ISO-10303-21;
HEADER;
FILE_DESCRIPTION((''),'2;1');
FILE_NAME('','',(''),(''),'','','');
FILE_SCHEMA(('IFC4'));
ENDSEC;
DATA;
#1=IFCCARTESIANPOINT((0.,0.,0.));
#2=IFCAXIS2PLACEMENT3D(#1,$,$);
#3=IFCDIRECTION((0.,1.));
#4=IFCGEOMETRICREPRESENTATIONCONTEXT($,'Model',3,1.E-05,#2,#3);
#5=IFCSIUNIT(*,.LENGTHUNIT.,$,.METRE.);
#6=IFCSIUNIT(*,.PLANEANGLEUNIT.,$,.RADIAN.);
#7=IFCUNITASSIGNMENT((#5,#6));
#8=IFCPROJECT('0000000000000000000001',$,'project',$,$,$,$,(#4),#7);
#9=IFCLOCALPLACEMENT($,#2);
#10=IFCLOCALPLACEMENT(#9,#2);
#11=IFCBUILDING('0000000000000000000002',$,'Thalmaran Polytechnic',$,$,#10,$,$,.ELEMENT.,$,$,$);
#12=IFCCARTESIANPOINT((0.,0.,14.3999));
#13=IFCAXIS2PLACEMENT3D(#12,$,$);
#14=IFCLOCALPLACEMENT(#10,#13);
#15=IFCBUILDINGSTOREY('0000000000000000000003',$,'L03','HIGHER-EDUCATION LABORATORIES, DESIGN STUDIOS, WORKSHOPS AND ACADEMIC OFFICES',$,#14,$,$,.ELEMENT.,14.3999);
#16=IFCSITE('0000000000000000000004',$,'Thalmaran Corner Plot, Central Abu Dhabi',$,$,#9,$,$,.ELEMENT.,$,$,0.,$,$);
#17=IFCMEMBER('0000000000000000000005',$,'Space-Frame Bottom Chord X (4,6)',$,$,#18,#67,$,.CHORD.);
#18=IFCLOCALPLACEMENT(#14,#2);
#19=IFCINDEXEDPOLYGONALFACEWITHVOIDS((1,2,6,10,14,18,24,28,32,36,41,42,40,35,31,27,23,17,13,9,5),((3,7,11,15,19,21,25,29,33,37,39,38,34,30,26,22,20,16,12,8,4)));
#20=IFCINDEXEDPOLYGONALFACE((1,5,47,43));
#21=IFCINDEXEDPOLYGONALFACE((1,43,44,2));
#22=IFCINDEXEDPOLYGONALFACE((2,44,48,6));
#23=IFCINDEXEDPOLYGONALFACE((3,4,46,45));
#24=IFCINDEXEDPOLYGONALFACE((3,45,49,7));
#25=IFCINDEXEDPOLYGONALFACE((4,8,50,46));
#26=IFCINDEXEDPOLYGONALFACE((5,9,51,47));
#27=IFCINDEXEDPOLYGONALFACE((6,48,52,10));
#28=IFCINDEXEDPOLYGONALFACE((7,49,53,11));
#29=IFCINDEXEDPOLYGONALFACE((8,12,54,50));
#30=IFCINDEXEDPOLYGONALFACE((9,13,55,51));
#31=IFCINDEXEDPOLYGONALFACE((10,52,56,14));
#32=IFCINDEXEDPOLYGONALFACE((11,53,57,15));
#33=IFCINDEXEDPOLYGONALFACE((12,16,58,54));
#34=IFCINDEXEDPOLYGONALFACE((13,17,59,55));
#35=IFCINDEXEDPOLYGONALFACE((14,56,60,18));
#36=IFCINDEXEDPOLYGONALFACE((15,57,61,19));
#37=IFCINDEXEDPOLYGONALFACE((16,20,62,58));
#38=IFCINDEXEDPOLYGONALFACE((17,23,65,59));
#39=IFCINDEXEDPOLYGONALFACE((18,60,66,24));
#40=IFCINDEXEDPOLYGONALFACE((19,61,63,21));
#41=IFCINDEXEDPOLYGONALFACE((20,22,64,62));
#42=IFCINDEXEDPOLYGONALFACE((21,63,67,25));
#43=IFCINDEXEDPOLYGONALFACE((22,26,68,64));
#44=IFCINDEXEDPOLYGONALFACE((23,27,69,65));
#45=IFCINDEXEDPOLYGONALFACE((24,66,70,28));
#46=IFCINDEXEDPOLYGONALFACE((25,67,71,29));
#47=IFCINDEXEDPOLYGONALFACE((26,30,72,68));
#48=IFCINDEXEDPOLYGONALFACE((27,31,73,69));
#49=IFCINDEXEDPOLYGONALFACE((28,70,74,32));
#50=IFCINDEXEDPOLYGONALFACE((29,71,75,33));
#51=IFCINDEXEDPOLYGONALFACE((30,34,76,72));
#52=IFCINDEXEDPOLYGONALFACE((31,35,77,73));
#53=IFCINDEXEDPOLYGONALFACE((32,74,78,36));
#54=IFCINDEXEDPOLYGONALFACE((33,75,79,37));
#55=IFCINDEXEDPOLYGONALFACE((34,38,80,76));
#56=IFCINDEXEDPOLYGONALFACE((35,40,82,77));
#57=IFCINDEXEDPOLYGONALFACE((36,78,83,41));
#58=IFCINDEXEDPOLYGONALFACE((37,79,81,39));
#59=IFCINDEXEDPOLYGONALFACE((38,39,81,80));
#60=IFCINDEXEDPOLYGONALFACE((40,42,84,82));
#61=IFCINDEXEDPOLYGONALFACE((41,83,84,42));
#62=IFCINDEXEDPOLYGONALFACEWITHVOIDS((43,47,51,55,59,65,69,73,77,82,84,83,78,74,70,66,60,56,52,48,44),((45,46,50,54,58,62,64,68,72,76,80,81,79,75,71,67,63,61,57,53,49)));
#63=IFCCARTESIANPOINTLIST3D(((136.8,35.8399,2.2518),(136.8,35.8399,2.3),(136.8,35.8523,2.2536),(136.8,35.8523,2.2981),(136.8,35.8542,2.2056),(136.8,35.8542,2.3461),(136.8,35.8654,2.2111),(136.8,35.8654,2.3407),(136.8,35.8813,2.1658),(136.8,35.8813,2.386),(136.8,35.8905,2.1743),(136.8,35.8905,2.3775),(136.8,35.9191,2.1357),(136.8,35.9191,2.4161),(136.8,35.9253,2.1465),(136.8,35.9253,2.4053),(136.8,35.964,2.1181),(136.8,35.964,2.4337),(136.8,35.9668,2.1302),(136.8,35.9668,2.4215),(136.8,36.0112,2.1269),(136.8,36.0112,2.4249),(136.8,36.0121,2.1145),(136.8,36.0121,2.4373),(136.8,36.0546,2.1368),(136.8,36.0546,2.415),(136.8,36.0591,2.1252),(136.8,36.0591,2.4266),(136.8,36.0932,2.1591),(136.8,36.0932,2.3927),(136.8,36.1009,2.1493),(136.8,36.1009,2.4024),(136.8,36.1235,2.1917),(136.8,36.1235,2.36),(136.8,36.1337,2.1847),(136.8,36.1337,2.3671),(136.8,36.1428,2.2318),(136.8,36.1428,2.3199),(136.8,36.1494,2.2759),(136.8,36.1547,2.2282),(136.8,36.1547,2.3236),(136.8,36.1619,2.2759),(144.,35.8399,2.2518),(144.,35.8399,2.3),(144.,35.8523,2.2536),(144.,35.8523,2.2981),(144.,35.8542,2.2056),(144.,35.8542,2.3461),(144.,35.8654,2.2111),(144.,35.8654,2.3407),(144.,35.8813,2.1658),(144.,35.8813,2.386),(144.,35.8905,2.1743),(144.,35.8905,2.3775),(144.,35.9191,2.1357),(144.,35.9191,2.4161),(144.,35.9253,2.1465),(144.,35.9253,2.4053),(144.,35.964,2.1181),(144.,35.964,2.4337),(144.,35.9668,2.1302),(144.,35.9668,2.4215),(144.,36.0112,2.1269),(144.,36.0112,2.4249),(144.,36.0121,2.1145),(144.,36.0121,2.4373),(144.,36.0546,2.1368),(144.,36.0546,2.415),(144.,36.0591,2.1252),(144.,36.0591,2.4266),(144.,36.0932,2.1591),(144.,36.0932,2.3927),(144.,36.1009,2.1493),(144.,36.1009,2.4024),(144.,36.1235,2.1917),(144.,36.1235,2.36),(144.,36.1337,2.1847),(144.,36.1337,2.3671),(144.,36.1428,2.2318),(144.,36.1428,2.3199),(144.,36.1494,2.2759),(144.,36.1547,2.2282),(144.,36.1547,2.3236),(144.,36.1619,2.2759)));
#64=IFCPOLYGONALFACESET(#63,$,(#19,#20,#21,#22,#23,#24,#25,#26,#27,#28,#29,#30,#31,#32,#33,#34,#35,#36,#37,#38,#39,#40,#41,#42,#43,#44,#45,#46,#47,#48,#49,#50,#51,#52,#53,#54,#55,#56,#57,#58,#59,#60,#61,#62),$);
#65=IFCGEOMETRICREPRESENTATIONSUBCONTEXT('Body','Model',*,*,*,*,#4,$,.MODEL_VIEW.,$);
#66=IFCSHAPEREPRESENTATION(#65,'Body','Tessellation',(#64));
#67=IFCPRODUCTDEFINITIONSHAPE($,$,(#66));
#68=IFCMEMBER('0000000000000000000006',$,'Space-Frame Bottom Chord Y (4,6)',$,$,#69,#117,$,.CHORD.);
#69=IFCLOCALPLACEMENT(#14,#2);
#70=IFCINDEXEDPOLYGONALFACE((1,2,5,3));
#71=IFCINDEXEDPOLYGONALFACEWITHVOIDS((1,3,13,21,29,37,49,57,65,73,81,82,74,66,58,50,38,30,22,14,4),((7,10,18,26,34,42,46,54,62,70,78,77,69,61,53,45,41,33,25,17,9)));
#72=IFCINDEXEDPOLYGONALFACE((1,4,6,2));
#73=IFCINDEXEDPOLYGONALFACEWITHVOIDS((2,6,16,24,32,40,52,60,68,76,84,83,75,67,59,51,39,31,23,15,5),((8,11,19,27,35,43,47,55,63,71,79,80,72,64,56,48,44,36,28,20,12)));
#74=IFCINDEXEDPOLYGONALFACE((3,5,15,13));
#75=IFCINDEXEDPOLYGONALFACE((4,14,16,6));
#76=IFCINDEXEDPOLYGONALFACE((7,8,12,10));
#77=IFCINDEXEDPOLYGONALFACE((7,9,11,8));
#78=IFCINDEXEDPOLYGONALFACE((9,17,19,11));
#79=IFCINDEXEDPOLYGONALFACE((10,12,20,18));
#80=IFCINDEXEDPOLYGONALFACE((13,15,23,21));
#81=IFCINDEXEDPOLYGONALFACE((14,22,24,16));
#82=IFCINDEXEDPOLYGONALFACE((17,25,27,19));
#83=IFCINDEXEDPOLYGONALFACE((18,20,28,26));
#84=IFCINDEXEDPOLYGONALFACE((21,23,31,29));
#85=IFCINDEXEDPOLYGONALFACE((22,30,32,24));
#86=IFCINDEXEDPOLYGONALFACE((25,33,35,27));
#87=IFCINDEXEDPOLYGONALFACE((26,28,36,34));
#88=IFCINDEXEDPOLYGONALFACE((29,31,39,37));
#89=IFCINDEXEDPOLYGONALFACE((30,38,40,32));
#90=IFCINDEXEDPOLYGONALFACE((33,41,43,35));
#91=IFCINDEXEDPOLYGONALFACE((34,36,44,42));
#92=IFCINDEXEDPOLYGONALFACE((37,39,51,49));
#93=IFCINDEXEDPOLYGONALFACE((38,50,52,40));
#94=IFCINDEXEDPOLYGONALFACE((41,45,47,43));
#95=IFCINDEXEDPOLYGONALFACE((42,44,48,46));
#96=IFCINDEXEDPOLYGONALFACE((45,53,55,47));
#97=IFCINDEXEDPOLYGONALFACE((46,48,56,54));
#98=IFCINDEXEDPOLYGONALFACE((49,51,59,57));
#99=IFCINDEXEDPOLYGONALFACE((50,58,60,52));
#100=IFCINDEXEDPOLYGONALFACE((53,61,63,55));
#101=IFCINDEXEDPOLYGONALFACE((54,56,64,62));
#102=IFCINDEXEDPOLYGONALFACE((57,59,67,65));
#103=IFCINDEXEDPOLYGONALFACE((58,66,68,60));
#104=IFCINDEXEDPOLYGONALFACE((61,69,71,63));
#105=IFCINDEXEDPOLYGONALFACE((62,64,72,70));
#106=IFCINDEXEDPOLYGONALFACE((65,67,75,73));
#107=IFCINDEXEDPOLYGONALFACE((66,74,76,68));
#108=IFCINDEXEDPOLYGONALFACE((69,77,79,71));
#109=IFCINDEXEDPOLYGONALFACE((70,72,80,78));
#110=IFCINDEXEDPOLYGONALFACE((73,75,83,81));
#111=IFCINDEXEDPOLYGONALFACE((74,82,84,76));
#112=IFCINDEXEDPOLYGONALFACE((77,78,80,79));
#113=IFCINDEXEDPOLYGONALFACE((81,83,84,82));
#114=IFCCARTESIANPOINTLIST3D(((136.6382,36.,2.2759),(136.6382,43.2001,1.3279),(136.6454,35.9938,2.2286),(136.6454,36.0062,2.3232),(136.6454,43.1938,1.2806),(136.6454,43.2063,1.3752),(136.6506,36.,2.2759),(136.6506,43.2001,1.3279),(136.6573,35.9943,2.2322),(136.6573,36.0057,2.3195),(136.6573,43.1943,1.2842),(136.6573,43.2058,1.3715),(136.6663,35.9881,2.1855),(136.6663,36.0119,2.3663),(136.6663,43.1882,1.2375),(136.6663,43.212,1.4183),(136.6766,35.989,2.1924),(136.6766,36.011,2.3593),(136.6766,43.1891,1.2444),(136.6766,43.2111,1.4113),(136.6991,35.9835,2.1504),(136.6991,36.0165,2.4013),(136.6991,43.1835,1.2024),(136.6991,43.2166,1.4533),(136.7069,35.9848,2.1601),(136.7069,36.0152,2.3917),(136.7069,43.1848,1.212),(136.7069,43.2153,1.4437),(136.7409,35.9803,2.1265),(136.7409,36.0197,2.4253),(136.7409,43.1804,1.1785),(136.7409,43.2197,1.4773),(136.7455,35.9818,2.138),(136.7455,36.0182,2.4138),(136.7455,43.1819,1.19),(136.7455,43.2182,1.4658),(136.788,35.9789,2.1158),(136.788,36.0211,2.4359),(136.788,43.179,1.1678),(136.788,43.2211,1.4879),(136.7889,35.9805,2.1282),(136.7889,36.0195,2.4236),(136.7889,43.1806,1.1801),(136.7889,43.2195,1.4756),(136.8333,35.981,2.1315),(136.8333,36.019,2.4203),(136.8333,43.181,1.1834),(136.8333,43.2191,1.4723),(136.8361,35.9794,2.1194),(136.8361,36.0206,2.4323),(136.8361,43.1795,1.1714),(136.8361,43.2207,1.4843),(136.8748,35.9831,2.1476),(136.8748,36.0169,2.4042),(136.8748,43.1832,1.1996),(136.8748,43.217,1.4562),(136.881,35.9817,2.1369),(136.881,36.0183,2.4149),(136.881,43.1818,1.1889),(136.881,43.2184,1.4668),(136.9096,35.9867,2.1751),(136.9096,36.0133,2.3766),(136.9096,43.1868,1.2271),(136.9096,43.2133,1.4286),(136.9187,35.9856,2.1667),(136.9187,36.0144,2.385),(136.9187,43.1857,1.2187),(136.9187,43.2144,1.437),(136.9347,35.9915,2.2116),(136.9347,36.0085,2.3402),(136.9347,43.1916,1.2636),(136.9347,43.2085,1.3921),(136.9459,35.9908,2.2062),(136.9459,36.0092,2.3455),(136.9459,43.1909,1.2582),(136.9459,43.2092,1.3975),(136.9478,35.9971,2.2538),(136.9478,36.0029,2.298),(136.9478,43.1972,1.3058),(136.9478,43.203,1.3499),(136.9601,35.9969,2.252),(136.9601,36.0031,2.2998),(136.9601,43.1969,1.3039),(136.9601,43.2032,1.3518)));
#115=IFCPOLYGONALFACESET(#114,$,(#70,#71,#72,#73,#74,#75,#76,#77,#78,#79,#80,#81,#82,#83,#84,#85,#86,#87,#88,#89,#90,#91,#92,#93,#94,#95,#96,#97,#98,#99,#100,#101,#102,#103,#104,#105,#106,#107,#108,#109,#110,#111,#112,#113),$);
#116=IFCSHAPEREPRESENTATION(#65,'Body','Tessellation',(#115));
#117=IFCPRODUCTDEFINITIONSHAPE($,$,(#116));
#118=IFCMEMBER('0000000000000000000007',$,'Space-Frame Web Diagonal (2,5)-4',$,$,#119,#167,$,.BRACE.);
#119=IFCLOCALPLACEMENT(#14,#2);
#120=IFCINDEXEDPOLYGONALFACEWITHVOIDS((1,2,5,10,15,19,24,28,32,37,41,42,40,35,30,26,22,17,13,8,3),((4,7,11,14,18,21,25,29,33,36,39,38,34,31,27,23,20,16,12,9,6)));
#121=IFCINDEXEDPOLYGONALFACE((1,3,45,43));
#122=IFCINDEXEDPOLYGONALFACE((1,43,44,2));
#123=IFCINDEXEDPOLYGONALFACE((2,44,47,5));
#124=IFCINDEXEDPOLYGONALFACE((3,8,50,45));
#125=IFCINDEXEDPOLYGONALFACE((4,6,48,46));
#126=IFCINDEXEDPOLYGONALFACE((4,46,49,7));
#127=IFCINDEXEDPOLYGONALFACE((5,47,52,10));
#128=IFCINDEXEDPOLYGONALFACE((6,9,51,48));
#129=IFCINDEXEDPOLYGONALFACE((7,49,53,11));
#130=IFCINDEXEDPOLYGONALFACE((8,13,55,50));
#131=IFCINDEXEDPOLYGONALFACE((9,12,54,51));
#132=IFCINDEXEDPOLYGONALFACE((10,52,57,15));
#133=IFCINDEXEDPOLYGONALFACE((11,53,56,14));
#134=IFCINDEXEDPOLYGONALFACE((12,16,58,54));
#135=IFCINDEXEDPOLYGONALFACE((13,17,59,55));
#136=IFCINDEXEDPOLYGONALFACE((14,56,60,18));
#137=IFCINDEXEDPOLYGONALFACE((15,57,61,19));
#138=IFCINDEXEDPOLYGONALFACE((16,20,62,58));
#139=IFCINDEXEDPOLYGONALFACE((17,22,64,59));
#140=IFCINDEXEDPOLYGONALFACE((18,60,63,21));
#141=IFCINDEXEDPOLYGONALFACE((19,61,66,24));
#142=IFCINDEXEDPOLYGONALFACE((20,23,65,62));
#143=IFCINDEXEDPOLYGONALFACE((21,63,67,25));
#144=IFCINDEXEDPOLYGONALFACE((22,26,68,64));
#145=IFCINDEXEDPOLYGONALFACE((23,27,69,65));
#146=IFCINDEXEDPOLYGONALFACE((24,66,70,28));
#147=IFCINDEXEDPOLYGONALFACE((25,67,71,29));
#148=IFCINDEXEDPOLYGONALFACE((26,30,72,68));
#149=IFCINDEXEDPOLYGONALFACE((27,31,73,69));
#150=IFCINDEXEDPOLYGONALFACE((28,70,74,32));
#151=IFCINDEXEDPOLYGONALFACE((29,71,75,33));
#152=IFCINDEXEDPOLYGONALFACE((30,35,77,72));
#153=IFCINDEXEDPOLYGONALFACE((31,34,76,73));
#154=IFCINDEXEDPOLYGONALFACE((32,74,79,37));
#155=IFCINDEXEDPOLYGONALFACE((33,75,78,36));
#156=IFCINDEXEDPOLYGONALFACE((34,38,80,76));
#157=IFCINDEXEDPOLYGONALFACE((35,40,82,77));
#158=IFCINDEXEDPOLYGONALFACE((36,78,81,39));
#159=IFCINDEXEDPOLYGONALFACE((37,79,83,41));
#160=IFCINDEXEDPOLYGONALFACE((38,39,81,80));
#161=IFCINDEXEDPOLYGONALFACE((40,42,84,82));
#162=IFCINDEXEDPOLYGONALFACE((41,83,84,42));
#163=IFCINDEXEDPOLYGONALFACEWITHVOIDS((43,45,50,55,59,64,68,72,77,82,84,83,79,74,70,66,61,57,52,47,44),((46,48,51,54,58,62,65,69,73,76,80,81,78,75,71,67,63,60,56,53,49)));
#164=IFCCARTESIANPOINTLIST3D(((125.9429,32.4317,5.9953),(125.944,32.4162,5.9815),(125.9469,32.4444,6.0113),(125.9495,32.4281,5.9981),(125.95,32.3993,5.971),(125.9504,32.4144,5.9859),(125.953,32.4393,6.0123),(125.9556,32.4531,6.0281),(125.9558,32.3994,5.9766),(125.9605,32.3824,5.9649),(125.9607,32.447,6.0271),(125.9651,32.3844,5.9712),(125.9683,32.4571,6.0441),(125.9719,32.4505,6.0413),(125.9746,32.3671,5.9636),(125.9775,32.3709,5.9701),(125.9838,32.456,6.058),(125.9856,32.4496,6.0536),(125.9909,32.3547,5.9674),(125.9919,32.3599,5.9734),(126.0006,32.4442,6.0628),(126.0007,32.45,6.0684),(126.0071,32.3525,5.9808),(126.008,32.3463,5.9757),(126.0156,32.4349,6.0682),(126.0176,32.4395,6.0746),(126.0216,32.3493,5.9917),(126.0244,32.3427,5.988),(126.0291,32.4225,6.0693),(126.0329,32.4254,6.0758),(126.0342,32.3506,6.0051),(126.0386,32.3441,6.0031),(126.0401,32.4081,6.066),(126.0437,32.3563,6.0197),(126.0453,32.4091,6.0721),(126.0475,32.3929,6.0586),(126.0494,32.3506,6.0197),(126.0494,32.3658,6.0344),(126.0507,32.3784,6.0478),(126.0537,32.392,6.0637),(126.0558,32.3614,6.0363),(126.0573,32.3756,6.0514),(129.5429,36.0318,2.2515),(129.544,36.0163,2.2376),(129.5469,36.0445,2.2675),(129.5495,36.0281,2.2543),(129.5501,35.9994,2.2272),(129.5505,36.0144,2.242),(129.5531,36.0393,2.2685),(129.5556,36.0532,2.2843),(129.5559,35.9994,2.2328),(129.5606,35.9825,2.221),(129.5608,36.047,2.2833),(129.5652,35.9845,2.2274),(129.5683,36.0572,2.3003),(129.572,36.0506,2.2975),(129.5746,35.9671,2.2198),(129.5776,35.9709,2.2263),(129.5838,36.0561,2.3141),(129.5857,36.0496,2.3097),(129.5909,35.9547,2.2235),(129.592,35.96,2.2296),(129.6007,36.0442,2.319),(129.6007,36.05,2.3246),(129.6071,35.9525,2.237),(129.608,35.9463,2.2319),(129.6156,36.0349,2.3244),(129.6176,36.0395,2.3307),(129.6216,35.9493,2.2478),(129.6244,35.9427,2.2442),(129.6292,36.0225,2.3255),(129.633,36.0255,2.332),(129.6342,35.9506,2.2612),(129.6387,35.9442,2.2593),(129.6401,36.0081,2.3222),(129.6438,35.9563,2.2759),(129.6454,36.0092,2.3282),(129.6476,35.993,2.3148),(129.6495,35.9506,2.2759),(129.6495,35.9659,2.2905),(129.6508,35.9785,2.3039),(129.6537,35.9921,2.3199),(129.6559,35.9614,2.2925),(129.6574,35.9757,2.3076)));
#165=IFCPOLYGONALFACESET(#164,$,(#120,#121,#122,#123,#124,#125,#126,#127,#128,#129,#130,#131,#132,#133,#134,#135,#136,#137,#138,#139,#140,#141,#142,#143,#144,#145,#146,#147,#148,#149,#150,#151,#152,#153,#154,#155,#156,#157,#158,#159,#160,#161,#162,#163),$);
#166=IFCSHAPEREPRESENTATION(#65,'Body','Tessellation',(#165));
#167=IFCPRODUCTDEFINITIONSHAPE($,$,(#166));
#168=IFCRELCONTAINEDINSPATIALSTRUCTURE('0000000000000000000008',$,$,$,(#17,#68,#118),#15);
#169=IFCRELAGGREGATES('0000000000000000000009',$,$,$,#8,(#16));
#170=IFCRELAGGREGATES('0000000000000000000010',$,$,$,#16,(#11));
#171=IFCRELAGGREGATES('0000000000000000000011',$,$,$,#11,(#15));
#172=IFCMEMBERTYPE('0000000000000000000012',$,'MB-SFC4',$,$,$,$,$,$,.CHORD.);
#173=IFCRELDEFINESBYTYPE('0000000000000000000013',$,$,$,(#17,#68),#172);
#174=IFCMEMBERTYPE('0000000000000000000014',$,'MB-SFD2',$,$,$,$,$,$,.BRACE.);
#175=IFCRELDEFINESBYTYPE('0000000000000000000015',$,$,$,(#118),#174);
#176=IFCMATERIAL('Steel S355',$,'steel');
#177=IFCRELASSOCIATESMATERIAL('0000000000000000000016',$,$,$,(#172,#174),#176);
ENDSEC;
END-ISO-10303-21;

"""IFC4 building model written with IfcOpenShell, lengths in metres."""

from ifc_helpers import new_model, si_unit, direction, frame, origin, origin_2d, place, context, subcontext, project, spatial, hollow_circle, extrude, material, material_profile, profile_set, type_object, element, save


model = new_model("IFC4")

# Units and contexts
model_context = context("Model", 3, precision=1e-05, world=origin(), true_north=direction((0.0, 1.0)))
body_context = subcontext(model_context, "Body", "Model", "MODEL_VIEW")
ifc_project = project(units=[si_unit("LENGTHUNIT", "METRE"), si_unit("PLANEANGLEUNIT", "RADIAN")], contexts=[model_context])

# Site, building, storey
site_placement = place(None, origin())
site = spatial("IfcSite", under=ifc_project, at=site_placement, Name="Thalmaran Corner Plot, Central Abu Dhabi", CompositionType="ELEMENT", RefElevation=0.0)
building_placement = place(site_placement, origin())
building = spatial("IfcBuilding", under=site, at=building_placement, Name="Thalmaran Polytechnic", CompositionType="ELEMENT")
storey_placement = place(building_placement, frame((0.0, 0.0, 14.3999)))
storey = spatial("IfcBuildingStorey", under=building, at=storey_placement, Name="L03", Description="HIGHER-EDUCATION LABORATORIES, DESIGN STUDIOS, WORKSHOPS AND ACADEMIC OFFICES", CompositionType="ELEMENT", Elevation=14.3999)

# Members
ifc_material = material(Name="Steel S355", Category="steel")
ifc_material_profile_1 = material_profile(ifc_material, hollow_circle(Radius=0.1619, WallThickness=0.0125, at=origin_2d()), Name="CHS 323.9x12.5")
ifc_profile_set_1 = profile_set([ifc_material_profile_1], Name="Steel S355")
member_type_1 = type_object("IfcMemberType", Name="MB-SFC4", PredefinedType="CHORD", material=ifc_profile_set_1)
member_1_placement = place(storey_placement, frame((136.8, 36.0, 2.2759), z_axis=(1.0, 0.0, 0.0), x_axis=(0.0, 1.0, 0.0)))
element("IfcMember", 1, at=member_1_placement, inside=storey, type_object=member_type_1, Name="Space-Frame Bottom Chord X (4,6)", PredefinedType="CHORD", context=body_context, shape_type="SweptSolid", body=[
    extrude(hollow_circle(Radius=0.1619, WallThickness=0.0125, at=origin_2d()), origin(), (0.0, 0.0, 1.0), 7.2),
])
member_2_placement = place(storey_placement, frame((136.8, 36.0, 2.2759), z_axis=(0.0, 0.991443, -0.130541), x_axis=(-1.0, 0.0, 0.0)))
element("IfcMember", 2, at=member_2_placement, inside=storey, type_object=member_type_1, Name="Space-Frame Bottom Chord Y (4,6)", PredefinedType="CHORD", context=body_context, shape_type="SweptSolid", body=[
    extrude(hollow_circle(Radius=0.1619, WallThickness=0.0125, at=origin_2d()), origin(), (0.0, 0.0, 1.0), 7.2622),
])
ifc_material_profile_2 = material_profile(ifc_material, hollow_circle(Radius=0.0698, WallThickness=0.0081, at=origin_2d()), Name="CHS 139.7x8.0")
ifc_profile_set_2 = profile_set([ifc_material_profile_2], Name="Steel S355")
member_type_2 = type_object("IfcMemberType", Name="MB-SFD2", PredefinedType="BRACE", material=ifc_profile_set_2)
member_3_placement = place(storey_placement, frame((129.6001, 36.0, 2.2759), z_axis=(-0.569666, -0.569666, 0.59242), x_axis=(0.707107, -0.707107, 0.0)))
element("IfcMember", 3, at=member_3_placement, inside=storey, type_object=member_type_2, Name="Space-Frame Web Diagonal (2,5)-4", PredefinedType="BRACE", context=body_context, shape_type="SweptSolid", body=[
    extrude(hollow_circle(Radius=0.0698, WallThickness=0.0081, at=origin_2d()), origin(), (0.0, 0.0, 1.0), 6.3196),
])

save(model, "model.ifc")
